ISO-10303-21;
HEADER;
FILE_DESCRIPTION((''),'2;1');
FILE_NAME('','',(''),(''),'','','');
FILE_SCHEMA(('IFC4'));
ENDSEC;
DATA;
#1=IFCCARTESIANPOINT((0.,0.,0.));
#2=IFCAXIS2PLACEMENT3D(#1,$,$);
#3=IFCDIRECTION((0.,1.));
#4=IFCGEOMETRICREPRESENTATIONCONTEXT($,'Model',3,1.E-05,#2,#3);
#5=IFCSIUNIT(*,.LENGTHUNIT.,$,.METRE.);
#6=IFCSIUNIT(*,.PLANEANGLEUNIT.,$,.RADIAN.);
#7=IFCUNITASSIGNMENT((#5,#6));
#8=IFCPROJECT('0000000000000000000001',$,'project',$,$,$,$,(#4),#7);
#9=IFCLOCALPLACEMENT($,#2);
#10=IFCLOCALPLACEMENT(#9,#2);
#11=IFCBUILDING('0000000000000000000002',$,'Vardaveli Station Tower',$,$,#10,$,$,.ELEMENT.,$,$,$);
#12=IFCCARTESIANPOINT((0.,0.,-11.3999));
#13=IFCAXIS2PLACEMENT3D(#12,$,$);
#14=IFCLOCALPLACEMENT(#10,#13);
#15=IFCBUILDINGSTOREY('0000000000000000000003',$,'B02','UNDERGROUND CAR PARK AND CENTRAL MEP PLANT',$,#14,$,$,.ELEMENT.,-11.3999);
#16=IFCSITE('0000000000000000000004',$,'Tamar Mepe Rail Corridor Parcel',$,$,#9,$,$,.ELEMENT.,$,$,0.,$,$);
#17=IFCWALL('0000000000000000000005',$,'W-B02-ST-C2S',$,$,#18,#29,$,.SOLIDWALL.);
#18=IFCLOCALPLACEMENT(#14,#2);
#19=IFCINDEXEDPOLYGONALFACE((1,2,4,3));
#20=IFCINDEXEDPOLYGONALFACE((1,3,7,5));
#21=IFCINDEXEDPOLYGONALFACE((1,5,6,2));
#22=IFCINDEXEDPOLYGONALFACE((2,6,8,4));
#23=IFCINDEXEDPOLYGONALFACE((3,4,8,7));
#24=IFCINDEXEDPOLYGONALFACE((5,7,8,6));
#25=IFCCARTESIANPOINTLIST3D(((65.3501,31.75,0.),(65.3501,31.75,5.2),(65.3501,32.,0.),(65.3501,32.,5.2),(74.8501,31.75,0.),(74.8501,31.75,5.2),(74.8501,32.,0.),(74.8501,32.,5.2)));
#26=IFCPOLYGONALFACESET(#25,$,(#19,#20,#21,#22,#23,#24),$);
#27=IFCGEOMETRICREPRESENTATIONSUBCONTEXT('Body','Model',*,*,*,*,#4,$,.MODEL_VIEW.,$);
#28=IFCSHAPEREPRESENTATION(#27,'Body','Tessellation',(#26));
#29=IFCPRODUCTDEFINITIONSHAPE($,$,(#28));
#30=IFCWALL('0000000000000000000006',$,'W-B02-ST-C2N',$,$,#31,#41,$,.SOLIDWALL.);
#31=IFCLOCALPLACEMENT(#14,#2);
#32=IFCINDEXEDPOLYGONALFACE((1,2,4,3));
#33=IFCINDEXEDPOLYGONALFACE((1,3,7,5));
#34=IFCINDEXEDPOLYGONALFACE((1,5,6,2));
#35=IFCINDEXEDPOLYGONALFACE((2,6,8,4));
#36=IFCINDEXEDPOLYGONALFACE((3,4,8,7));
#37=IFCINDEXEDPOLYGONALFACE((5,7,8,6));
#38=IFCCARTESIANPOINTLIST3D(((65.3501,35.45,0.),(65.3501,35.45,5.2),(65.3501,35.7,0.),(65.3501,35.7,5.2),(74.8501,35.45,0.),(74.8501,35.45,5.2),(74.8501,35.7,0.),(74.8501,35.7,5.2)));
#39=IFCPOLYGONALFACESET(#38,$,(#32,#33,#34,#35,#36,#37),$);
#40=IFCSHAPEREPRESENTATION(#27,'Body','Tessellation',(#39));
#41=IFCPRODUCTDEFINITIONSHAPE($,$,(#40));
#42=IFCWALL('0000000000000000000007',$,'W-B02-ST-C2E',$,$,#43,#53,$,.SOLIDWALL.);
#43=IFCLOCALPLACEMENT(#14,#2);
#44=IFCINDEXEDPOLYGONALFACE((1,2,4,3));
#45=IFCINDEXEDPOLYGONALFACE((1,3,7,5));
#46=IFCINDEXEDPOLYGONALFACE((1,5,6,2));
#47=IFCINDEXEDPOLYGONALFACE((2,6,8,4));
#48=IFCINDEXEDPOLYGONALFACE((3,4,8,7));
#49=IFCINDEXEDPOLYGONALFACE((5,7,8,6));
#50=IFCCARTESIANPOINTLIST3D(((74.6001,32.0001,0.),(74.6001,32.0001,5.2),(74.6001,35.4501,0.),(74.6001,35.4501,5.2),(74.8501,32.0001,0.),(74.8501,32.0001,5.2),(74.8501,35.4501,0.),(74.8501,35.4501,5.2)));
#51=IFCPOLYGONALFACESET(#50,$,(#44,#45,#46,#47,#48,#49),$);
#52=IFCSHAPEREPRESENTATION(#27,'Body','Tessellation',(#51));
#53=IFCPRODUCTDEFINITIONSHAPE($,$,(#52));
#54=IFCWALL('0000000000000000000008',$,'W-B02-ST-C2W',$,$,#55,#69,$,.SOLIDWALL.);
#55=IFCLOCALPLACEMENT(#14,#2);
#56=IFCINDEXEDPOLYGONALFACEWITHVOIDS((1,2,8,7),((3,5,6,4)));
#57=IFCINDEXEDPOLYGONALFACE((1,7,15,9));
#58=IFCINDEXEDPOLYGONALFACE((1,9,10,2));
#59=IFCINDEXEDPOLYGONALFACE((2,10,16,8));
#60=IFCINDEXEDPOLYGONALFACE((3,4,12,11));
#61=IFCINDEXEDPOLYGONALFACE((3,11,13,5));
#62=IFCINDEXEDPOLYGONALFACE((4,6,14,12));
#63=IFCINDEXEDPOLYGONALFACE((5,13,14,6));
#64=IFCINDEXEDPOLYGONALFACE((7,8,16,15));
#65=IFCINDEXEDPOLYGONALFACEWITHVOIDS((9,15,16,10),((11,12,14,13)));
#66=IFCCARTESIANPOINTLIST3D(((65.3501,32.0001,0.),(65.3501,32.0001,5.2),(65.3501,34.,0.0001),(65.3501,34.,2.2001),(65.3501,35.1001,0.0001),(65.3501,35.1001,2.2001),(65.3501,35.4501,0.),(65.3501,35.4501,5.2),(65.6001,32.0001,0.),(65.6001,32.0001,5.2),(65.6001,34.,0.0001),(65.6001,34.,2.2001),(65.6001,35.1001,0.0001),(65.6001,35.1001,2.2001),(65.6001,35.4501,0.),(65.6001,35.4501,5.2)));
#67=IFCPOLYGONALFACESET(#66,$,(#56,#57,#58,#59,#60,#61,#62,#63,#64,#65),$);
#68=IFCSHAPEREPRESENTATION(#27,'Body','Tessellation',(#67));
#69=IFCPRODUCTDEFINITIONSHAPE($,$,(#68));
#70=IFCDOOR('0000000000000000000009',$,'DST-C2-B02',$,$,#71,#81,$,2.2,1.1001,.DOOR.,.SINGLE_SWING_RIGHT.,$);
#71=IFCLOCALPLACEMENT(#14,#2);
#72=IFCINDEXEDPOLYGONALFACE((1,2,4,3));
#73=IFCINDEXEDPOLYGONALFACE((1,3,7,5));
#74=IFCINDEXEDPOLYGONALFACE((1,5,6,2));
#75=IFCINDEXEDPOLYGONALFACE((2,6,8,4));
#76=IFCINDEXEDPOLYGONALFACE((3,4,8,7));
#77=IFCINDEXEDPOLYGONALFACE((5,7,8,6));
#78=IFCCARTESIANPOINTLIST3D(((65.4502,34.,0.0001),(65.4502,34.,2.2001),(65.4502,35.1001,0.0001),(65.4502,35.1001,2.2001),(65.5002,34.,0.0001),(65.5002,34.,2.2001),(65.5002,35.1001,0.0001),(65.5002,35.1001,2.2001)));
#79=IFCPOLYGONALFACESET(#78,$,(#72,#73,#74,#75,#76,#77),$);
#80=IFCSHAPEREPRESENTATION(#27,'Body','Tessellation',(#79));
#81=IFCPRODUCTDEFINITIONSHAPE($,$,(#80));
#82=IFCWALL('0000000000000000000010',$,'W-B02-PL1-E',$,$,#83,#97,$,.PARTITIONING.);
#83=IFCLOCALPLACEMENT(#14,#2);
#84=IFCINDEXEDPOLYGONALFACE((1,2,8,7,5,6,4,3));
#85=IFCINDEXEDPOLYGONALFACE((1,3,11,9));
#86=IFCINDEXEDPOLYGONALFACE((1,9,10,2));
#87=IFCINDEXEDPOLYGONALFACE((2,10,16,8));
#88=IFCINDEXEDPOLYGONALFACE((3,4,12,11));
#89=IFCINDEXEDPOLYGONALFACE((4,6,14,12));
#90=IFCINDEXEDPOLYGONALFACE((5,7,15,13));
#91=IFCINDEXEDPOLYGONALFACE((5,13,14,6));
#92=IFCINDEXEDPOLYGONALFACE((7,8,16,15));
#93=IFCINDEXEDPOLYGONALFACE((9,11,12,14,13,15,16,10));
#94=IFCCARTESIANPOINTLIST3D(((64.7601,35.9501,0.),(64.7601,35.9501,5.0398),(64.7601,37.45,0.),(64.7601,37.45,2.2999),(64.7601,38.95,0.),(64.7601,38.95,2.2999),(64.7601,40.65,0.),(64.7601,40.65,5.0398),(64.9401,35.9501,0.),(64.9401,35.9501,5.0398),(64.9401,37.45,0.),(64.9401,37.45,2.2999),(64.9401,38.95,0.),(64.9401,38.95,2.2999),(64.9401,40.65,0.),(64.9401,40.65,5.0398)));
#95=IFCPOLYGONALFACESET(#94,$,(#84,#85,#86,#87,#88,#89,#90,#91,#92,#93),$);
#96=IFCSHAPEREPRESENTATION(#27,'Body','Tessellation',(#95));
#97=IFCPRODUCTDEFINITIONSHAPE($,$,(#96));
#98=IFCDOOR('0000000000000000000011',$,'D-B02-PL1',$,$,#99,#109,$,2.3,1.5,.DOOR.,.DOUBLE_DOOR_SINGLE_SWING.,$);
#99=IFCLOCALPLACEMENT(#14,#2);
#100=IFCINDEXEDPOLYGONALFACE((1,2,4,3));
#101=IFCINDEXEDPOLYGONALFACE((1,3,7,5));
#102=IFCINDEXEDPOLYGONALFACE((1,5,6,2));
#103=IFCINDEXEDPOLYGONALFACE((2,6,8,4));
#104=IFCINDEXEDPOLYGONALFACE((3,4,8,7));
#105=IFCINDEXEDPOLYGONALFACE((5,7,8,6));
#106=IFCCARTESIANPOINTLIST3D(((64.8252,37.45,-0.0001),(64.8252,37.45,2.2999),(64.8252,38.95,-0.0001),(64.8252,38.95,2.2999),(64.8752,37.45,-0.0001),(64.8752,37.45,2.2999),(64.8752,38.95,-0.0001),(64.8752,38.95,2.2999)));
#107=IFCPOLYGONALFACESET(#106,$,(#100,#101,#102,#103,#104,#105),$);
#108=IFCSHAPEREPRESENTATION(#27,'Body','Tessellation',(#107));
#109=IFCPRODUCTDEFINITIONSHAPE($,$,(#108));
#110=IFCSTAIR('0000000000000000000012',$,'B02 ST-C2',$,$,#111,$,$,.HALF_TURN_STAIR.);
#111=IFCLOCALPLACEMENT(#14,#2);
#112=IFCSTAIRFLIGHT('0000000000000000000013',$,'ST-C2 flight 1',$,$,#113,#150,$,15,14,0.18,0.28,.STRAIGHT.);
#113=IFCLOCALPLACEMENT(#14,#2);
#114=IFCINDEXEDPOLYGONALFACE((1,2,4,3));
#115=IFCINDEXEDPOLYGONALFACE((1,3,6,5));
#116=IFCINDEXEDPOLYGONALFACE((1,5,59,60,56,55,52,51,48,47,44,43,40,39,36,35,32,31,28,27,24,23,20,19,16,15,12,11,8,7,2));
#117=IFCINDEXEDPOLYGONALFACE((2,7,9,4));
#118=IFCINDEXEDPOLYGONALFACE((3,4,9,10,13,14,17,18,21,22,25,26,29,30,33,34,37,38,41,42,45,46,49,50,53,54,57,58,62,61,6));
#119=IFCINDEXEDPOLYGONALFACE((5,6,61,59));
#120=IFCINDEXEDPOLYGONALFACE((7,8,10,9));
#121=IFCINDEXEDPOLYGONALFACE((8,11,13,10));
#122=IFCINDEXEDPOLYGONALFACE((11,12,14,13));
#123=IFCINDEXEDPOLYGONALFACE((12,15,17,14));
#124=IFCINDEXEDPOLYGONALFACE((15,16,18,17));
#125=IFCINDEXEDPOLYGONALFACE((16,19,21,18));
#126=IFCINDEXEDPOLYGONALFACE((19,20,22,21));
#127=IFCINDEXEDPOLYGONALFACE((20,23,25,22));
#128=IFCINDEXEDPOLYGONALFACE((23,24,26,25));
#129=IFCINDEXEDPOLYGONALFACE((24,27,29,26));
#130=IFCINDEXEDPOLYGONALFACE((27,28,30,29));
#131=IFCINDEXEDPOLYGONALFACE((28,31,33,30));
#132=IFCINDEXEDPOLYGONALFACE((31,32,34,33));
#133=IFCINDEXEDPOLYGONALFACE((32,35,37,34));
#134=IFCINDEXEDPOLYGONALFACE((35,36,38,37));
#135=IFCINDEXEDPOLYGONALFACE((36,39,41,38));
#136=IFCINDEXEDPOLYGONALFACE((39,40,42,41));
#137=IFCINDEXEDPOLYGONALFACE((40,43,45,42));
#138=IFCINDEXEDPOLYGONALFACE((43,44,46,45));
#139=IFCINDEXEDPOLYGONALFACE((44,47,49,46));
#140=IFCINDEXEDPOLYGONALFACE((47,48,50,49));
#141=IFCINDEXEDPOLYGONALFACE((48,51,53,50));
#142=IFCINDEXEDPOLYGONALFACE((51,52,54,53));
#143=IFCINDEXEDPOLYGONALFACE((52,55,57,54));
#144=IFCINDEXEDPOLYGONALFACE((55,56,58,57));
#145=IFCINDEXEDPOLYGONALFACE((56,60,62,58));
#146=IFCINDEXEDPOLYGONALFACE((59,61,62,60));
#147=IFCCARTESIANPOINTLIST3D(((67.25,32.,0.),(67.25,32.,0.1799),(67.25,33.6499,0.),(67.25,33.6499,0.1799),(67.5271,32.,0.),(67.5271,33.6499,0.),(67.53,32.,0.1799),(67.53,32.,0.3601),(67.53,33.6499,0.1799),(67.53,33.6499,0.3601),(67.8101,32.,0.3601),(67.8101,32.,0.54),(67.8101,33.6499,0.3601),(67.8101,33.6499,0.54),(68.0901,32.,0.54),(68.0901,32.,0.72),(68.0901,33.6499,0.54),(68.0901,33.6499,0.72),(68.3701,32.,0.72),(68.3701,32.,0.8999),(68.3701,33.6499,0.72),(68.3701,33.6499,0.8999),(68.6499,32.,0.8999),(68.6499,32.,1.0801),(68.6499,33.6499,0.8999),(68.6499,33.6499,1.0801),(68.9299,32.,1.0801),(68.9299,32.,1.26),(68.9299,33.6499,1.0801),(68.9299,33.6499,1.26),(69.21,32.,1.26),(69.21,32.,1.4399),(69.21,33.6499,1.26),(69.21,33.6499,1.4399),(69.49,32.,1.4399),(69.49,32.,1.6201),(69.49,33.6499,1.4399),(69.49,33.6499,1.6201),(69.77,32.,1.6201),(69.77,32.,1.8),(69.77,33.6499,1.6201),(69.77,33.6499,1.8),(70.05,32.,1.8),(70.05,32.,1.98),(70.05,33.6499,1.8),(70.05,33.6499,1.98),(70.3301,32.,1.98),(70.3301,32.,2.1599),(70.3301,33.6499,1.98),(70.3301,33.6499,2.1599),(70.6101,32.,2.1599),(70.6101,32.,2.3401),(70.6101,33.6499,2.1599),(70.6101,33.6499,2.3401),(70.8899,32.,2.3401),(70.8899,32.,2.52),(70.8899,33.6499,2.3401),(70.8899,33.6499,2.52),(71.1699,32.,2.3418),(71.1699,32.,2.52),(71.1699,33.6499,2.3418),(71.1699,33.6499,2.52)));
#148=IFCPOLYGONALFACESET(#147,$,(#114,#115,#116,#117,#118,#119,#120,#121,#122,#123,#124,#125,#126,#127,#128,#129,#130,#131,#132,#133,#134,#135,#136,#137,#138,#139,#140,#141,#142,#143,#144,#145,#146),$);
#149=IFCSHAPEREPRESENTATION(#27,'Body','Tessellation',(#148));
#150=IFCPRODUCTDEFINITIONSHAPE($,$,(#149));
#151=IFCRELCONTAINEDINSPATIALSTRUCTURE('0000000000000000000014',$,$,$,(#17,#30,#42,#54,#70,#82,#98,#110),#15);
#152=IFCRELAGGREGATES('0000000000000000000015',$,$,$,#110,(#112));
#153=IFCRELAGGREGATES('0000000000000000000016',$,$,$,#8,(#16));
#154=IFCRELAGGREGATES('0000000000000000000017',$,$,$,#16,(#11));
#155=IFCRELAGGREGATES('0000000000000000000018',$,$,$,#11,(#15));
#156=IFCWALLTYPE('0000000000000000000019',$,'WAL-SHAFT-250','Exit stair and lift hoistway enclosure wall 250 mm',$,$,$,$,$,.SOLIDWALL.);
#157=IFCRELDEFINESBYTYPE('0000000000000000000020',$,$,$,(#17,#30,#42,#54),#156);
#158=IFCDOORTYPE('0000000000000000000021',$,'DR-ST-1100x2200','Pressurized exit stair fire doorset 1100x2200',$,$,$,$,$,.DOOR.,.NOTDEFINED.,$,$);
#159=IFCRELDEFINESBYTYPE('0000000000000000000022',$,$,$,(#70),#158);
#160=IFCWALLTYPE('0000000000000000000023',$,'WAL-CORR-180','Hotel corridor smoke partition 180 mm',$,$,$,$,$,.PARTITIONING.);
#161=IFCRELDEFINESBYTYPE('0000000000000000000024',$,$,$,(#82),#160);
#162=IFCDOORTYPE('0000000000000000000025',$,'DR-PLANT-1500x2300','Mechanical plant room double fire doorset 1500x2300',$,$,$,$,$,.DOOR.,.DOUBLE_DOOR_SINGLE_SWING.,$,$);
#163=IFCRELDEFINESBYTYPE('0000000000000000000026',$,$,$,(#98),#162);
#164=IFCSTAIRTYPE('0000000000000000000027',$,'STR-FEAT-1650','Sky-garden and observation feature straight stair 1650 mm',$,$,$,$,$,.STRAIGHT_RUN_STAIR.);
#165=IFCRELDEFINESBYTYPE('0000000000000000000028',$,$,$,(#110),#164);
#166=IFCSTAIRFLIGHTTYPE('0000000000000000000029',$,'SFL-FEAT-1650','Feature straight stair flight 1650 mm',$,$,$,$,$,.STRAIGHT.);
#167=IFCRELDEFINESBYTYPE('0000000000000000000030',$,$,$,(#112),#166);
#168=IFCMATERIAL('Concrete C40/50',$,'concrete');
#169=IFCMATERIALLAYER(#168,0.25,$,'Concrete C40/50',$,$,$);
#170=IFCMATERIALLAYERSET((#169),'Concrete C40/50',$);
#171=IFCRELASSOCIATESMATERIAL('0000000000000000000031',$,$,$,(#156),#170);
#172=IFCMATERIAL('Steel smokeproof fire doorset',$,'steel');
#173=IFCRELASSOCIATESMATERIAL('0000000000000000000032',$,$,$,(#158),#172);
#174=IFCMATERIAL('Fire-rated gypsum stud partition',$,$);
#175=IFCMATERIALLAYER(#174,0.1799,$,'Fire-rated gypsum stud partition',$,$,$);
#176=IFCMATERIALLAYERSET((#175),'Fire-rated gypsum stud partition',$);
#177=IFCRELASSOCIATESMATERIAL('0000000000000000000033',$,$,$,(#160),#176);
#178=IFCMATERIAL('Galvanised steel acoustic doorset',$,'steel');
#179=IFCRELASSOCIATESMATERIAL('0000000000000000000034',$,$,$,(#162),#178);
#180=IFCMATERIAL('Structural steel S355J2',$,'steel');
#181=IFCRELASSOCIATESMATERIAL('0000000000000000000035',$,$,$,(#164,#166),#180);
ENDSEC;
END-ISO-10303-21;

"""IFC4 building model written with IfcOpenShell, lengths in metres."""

from ifc_helpers import new_model, si_unit, direction, frame, frame_2d, origin, place, context, subcontext, project, spatial, polyline, rectangle, outline, extrude, source, transform, mapped, material, layer, layer_set, type_object, element, fill, aggregate, save


model = new_model("IFC4")

# Units and contexts
model_context = context("Model", 3, precision=1e-05, world=origin(), true_north=direction((0.0, 1.0)))
body_context = subcontext(model_context, "Body", "Model", "MODEL_VIEW")
ifc_project = project(units=[si_unit("LENGTHUNIT", "METRE"), si_unit("PLANEANGLEUNIT", "RADIAN")], contexts=[model_context])

# Site, building, storey
site_placement = place(None, origin())
site = spatial("IfcSite", under=ifc_project, at=site_placement, Name="Tamar Mepe Rail Corridor Parcel", CompositionType="ELEMENT", RefElevation=0.0)
building_placement = place(site_placement, origin())
building = spatial("IfcBuilding", under=site, at=building_placement, Name="Vardaveli Station Tower", CompositionType="ELEMENT")
storey_placement = place(building_placement, frame((0.0, 0.0, -11.3999)))
storey = spatial("IfcBuildingStorey", under=building, at=storey_placement, Name="B02", Description="UNDERGROUND CAR PARK AND CENTRAL MEP PLANT", CompositionType="ELEMENT", Elevation=-11.3999)

# Shared definitions
ifc_material_1 = material(Name="Concrete C40/50", Category="concrete")

# Walls
ifc_layer_1 = layer(ifc_material_1, 0.25, Name="Concrete C40/50")
ifc_layer_set_1 = layer_set([ifc_layer_1], Name="Concrete C40/50")
wall_type_1 = type_object("IfcWallType", Name="WAL-SHAFT-250", Description="Exit stair and lift hoistway enclosure wall 250 mm", PredefinedType="SOLIDWALL", material=ifc_layer_set_1)
shared_shape_1 = source(origin(), body_context, "Body", "SweptSolid", [
    extrude(rectangle(XDim=9.5, YDim=0.25, at=frame_2d((4.75, 0.0))), origin(), (0.0, 0.0, 1.0), 5.2),
])
for number, where, z_axis, x_axis, name in (
    (1, (65.3501, 31.875, 0.0), (0.0, 0.0, 1.0), (1.0, 0.0, 0.0), "W-B02-ST-C2S"),
    (2, (65.3501, 35.575, 0.0), (0.0, 0.0, 1.0), (1.0, 0.0, 0.0), "W-B02-ST-C2N"),
):
    element("IfcWall", number, at=place(storey_placement, frame(where, z_axis=z_axis, x_axis=x_axis)), inside=storey, type_object=wall_type_1, Name=name, PredefinedType="SOLIDWALL", context=body_context, shape_type="MappedRepresentation", body=[
        mapped(shared_shape_1, transform((0.0, 0.0, 0.0), scale=1.0)),
    ])
shared_shape_2 = source(origin(), body_context, "Body", "SweptSolid", [
    extrude(rectangle(XDim=3.45, YDim=0.25, at=frame_2d((1.7251, 0.0))), origin(), (0.0, 0.0, 1.0), 5.2),
])
wall_1_placement = place(storey_placement, frame((74.7251, 32.0, 0.0), z_axis=(0.0, 0.0, 1.0), x_axis=(0.0, 1.0, 0.0)))
element("IfcWall", 3, at=wall_1_placement, inside=storey, type_object=wall_type_1, Name="W-B02-ST-C2E", PredefinedType="SOLIDWALL", context=body_context, shape_type="MappedRepresentation", body=[
    mapped(shared_shape_2, transform((0.0, 0.0, 0.0), scale=1.0)),
])

# Walls, openings, doors
wall_2_placement = place(storey_placement, frame((65.4751, 32.0, 0.0), z_axis=(0.0, 0.0, 1.0), x_axis=(0.0, 1.0, 0.0)))
wall_2 = element("IfcWall", 4, at=wall_2_placement, inside=storey, type_object=wall_type_1, Name="W-B02-ST-C2W", PredefinedType="SOLIDWALL", context=body_context, shape_type="MappedRepresentation", body=[
    mapped(shared_shape_2, transform((0.0, 0.0, 0.0), scale=1.0)),
])
shared_shape_3 = source(origin(), body_context, "Body", "SweptSolid", [
    extrude(rectangle(XDim=1.1001, YDim=2.2, at=frame_2d((0.55, 1.1001))), frame((0.0, 0.135, 0.0), z_axis=(0.0, -1.0, 0.0), x_axis=(1.0, 0.0, 0.0)), (0.0, 0.0, 1.0), 0.27),
])
opening_1_placement = place(wall_2_placement, frame((2.0, 0.0, 0.0)))
opening_1 = element("IfcOpeningElement", 5, at=opening_1_placement, cuts=wall_2, PredefinedType="OPENING", context=body_context, shape_type="MappedRepresentation", body=[
    mapped(shared_shape_3, transform((0.0, 0.0, 0.0), scale=1.0)),
])
ifc_material_2 = material(Name="Steel smokeproof fire doorset", Category="steel")
door_type_1 = type_object("IfcDoorType", Name="DR-ST-1100x2200", Description="Pressurized exit stair fire doorset 1100x2200", OperationType="NOTDEFINED", PredefinedType="DOOR", material=ifc_material_2)
shared_shape_4 = source(origin(), body_context, "Body", "SweptSolid", [
    extrude(rectangle(XDim=1.1001, YDim=2.2, at=frame_2d((0.55, 1.1001))), frame((0.0, 0.0249, 0.0), z_axis=(0.0, -1.0, 0.0), x_axis=(1.0, 0.0, 0.0)), (0.0, 0.0, 1.0), 0.05),
])
door_1_placement = place(opening_1_placement, origin())
door_1 = element("IfcDoor", 6, at=door_1_placement, inside=storey, type_object=door_type_1, Name="DST-C2-B02", OperationType="SINGLE_SWING_RIGHT", OverallHeight=2.2, OverallWidth=1.1001, PredefinedType="DOOR", context=body_context, shape_type="MappedRepresentation", body=[
    mapped(shared_shape_4, transform((0.0, 0.0, 0.0), scale=1.0)),
])
fill(opening_1, door_1)
ifc_material_3 = material(Name="Fire-rated gypsum stud partition")
ifc_layer_2 = layer(ifc_material_3, 0.1799, Name="Fire-rated gypsum stud partition")
ifc_layer_set_2 = layer_set([ifc_layer_2], Name="Fire-rated gypsum stud partition")
wall_type_2 = type_object("IfcWallType", Name="WAL-CORR-180", Description="Hotel corridor smoke partition 180 mm", PredefinedType="PARTITIONING", material=ifc_layer_set_2)
shared_shape_5 = source(origin(), body_context, "Body", "SweptSolid", [
    extrude(rectangle(XDim=4.7, YDim=0.1799, at=frame_2d((2.3501, 0.0))), origin(), (0.0, 0.0, 1.0), 5.0398),
])
wall_3_placement = place(storey_placement, frame((64.8501, 35.95, 0.0), z_axis=(0.0, 0.0, 1.0), x_axis=(0.0, 1.0, 0.0)))
wall_3 = element("IfcWall", 7, at=wall_3_placement, inside=storey, type_object=wall_type_2, Name="W-B02-PL1-E", PredefinedType="PARTITIONING", context=body_context, shape_type="MappedRepresentation", body=[
    mapped(shared_shape_5, transform((0.0, 0.0, 0.0), scale=1.0)),
])
shared_shape_6 = source(origin(), body_context, "Body", "SweptSolid", [
    extrude(rectangle(XDim=1.5, YDim=2.3, at=frame_2d((0.75, 1.1499))), frame((0.0, 0.1001, 0.0), z_axis=(0.0, -1.0, 0.0), x_axis=(1.0, 0.0, 0.0)), (0.0, 0.0, 1.0), 0.2),
])
opening_2_placement = place(wall_3_placement, frame((1.5, 0.0, 0.0)))
opening_2 = element("IfcOpeningElement", 8, at=opening_2_placement, cuts=wall_3, PredefinedType="OPENING", context=body_context, shape_type="MappedRepresentation", body=[
    mapped(shared_shape_6, transform((0.0, 0.0, 0.0), scale=1.0)),
])
ifc_material_4 = material(Name="Galvanised steel acoustic doorset", Category="steel")
door_type_2 = type_object("IfcDoorType", Name="DR-PLANT-1500x2300", Description="Mechanical plant room double fire doorset 1500x2300", OperationType="DOUBLE_DOOR_SINGLE_SWING", PredefinedType="DOOR", material=ifc_material_4)
shared_shape_7 = source(origin(), body_context, "Body", "SweptSolid", [
    extrude(rectangle(XDim=1.5, YDim=2.3, at=frame_2d((0.75, 1.1499))), frame((0.0, 0.0249, 0.0), z_axis=(0.0, -1.0, 0.0), x_axis=(1.0, 0.0, 0.0)), (0.0, 0.0, 1.0), 0.05),
])
door_2_placement = place(opening_2_placement, origin())
door_2 = element("IfcDoor", 9, at=door_2_placement, inside=storey, type_object=door_type_2, Name="D-B02-PL1", OperationType="DOUBLE_DOOR_SINGLE_SWING", OverallHeight=2.3, OverallWidth=1.5, PredefinedType="DOOR", context=body_context, shape_type="MappedRepresentation", body=[
    mapped(shared_shape_7, transform((0.0, 0.0, 0.0), scale=1.0)),
])
fill(opening_2, door_2)

# Stair, stair flight
ifc_material_5 = material(Name="Structural steel S355J2", Category="steel")
stair_type = type_object("IfcStairType", Name="STR-FEAT-1650", Description="Sky-garden and observation feature straight stair 1650 mm", PredefinedType="STRAIGHT_RUN_STAIR", material=ifc_material_5)
stair_placement = place(storey_placement, origin())
stair = element("IfcStair", 10, at=stair_placement, inside=storey, type_object=stair_type, Name="B02 ST-C2", PredefinedType="HALF_TURN_STAIR")
stair_flight_type = type_object("IfcStairFlightType", Name="SFL-FEAT-1650", Description="Feature straight stair flight 1650 mm", PredefinedType="STRAIGHT", material=ifc_material_5)
shared_shape_8 = source(origin(), body_context, "Body", "SweptSolid", [
    extrude(outline(polyline([(0.0, 0.0), (0.0, 0.1799), (0.28, 0.1799), (0.28, 0.3601), (0.5601, 0.3601), (0.5601, 0.54), (0.8401, 0.54), (0.8401, 0.72), (1.1201, 0.72), (1.1201, 0.8999), (1.3999, 0.8999), (1.3999, 1.0801), (1.6799, 1.0801), (1.6799, 1.26), (1.96, 1.26), (1.96, 1.4399), (2.24, 1.4399), (2.24, 1.6201), (2.52, 1.6201), (2.52, 1.8), (2.8, 1.8), (2.8, 1.98), (3.0801, 1.98), (3.0801, 2.1599), (3.3601, 2.1599), (3.3601, 2.3401), (3.6399, 2.3401), (3.6399, 2.52), (3.9199, 2.52), (3.9199, 2.7), (3.9199, 2.3418), (0.2771, 0.0), (0.0, 0.0)])), frame((0.0, 0.825, 0.0), z_axis=(0.0, -1.0, 0.0), x_axis=(1.0, 0.0, 0.0)), (0.0, 0.0, 1.0), 1.6499),
])
stair_flight_1_placement = place(storey_placement, frame((67.25, 32.825, 0.0), z_axis=(0.0, 0.0, 1.0), x_axis=(1.0, 0.0, 0.0)))
stair_flight_1 = element("IfcStairFlight", 11, at=stair_flight_1_placement, type_object=stair_flight_type, Name="ST-C2 flight 1", NumberOfRisers=15, NumberOfTreads=14, PredefinedType="STRAIGHT", RiserHeight=0.18, TreadLength=0.28, context=body_context, shape_type="MappedRepresentation", body=[
    mapped(shared_shape_8, transform((0.0, 0.0, 0.0), scale=1.0)),
])
aggregate(stair, [stair_flight_1])

save(model, "model.ifc")
